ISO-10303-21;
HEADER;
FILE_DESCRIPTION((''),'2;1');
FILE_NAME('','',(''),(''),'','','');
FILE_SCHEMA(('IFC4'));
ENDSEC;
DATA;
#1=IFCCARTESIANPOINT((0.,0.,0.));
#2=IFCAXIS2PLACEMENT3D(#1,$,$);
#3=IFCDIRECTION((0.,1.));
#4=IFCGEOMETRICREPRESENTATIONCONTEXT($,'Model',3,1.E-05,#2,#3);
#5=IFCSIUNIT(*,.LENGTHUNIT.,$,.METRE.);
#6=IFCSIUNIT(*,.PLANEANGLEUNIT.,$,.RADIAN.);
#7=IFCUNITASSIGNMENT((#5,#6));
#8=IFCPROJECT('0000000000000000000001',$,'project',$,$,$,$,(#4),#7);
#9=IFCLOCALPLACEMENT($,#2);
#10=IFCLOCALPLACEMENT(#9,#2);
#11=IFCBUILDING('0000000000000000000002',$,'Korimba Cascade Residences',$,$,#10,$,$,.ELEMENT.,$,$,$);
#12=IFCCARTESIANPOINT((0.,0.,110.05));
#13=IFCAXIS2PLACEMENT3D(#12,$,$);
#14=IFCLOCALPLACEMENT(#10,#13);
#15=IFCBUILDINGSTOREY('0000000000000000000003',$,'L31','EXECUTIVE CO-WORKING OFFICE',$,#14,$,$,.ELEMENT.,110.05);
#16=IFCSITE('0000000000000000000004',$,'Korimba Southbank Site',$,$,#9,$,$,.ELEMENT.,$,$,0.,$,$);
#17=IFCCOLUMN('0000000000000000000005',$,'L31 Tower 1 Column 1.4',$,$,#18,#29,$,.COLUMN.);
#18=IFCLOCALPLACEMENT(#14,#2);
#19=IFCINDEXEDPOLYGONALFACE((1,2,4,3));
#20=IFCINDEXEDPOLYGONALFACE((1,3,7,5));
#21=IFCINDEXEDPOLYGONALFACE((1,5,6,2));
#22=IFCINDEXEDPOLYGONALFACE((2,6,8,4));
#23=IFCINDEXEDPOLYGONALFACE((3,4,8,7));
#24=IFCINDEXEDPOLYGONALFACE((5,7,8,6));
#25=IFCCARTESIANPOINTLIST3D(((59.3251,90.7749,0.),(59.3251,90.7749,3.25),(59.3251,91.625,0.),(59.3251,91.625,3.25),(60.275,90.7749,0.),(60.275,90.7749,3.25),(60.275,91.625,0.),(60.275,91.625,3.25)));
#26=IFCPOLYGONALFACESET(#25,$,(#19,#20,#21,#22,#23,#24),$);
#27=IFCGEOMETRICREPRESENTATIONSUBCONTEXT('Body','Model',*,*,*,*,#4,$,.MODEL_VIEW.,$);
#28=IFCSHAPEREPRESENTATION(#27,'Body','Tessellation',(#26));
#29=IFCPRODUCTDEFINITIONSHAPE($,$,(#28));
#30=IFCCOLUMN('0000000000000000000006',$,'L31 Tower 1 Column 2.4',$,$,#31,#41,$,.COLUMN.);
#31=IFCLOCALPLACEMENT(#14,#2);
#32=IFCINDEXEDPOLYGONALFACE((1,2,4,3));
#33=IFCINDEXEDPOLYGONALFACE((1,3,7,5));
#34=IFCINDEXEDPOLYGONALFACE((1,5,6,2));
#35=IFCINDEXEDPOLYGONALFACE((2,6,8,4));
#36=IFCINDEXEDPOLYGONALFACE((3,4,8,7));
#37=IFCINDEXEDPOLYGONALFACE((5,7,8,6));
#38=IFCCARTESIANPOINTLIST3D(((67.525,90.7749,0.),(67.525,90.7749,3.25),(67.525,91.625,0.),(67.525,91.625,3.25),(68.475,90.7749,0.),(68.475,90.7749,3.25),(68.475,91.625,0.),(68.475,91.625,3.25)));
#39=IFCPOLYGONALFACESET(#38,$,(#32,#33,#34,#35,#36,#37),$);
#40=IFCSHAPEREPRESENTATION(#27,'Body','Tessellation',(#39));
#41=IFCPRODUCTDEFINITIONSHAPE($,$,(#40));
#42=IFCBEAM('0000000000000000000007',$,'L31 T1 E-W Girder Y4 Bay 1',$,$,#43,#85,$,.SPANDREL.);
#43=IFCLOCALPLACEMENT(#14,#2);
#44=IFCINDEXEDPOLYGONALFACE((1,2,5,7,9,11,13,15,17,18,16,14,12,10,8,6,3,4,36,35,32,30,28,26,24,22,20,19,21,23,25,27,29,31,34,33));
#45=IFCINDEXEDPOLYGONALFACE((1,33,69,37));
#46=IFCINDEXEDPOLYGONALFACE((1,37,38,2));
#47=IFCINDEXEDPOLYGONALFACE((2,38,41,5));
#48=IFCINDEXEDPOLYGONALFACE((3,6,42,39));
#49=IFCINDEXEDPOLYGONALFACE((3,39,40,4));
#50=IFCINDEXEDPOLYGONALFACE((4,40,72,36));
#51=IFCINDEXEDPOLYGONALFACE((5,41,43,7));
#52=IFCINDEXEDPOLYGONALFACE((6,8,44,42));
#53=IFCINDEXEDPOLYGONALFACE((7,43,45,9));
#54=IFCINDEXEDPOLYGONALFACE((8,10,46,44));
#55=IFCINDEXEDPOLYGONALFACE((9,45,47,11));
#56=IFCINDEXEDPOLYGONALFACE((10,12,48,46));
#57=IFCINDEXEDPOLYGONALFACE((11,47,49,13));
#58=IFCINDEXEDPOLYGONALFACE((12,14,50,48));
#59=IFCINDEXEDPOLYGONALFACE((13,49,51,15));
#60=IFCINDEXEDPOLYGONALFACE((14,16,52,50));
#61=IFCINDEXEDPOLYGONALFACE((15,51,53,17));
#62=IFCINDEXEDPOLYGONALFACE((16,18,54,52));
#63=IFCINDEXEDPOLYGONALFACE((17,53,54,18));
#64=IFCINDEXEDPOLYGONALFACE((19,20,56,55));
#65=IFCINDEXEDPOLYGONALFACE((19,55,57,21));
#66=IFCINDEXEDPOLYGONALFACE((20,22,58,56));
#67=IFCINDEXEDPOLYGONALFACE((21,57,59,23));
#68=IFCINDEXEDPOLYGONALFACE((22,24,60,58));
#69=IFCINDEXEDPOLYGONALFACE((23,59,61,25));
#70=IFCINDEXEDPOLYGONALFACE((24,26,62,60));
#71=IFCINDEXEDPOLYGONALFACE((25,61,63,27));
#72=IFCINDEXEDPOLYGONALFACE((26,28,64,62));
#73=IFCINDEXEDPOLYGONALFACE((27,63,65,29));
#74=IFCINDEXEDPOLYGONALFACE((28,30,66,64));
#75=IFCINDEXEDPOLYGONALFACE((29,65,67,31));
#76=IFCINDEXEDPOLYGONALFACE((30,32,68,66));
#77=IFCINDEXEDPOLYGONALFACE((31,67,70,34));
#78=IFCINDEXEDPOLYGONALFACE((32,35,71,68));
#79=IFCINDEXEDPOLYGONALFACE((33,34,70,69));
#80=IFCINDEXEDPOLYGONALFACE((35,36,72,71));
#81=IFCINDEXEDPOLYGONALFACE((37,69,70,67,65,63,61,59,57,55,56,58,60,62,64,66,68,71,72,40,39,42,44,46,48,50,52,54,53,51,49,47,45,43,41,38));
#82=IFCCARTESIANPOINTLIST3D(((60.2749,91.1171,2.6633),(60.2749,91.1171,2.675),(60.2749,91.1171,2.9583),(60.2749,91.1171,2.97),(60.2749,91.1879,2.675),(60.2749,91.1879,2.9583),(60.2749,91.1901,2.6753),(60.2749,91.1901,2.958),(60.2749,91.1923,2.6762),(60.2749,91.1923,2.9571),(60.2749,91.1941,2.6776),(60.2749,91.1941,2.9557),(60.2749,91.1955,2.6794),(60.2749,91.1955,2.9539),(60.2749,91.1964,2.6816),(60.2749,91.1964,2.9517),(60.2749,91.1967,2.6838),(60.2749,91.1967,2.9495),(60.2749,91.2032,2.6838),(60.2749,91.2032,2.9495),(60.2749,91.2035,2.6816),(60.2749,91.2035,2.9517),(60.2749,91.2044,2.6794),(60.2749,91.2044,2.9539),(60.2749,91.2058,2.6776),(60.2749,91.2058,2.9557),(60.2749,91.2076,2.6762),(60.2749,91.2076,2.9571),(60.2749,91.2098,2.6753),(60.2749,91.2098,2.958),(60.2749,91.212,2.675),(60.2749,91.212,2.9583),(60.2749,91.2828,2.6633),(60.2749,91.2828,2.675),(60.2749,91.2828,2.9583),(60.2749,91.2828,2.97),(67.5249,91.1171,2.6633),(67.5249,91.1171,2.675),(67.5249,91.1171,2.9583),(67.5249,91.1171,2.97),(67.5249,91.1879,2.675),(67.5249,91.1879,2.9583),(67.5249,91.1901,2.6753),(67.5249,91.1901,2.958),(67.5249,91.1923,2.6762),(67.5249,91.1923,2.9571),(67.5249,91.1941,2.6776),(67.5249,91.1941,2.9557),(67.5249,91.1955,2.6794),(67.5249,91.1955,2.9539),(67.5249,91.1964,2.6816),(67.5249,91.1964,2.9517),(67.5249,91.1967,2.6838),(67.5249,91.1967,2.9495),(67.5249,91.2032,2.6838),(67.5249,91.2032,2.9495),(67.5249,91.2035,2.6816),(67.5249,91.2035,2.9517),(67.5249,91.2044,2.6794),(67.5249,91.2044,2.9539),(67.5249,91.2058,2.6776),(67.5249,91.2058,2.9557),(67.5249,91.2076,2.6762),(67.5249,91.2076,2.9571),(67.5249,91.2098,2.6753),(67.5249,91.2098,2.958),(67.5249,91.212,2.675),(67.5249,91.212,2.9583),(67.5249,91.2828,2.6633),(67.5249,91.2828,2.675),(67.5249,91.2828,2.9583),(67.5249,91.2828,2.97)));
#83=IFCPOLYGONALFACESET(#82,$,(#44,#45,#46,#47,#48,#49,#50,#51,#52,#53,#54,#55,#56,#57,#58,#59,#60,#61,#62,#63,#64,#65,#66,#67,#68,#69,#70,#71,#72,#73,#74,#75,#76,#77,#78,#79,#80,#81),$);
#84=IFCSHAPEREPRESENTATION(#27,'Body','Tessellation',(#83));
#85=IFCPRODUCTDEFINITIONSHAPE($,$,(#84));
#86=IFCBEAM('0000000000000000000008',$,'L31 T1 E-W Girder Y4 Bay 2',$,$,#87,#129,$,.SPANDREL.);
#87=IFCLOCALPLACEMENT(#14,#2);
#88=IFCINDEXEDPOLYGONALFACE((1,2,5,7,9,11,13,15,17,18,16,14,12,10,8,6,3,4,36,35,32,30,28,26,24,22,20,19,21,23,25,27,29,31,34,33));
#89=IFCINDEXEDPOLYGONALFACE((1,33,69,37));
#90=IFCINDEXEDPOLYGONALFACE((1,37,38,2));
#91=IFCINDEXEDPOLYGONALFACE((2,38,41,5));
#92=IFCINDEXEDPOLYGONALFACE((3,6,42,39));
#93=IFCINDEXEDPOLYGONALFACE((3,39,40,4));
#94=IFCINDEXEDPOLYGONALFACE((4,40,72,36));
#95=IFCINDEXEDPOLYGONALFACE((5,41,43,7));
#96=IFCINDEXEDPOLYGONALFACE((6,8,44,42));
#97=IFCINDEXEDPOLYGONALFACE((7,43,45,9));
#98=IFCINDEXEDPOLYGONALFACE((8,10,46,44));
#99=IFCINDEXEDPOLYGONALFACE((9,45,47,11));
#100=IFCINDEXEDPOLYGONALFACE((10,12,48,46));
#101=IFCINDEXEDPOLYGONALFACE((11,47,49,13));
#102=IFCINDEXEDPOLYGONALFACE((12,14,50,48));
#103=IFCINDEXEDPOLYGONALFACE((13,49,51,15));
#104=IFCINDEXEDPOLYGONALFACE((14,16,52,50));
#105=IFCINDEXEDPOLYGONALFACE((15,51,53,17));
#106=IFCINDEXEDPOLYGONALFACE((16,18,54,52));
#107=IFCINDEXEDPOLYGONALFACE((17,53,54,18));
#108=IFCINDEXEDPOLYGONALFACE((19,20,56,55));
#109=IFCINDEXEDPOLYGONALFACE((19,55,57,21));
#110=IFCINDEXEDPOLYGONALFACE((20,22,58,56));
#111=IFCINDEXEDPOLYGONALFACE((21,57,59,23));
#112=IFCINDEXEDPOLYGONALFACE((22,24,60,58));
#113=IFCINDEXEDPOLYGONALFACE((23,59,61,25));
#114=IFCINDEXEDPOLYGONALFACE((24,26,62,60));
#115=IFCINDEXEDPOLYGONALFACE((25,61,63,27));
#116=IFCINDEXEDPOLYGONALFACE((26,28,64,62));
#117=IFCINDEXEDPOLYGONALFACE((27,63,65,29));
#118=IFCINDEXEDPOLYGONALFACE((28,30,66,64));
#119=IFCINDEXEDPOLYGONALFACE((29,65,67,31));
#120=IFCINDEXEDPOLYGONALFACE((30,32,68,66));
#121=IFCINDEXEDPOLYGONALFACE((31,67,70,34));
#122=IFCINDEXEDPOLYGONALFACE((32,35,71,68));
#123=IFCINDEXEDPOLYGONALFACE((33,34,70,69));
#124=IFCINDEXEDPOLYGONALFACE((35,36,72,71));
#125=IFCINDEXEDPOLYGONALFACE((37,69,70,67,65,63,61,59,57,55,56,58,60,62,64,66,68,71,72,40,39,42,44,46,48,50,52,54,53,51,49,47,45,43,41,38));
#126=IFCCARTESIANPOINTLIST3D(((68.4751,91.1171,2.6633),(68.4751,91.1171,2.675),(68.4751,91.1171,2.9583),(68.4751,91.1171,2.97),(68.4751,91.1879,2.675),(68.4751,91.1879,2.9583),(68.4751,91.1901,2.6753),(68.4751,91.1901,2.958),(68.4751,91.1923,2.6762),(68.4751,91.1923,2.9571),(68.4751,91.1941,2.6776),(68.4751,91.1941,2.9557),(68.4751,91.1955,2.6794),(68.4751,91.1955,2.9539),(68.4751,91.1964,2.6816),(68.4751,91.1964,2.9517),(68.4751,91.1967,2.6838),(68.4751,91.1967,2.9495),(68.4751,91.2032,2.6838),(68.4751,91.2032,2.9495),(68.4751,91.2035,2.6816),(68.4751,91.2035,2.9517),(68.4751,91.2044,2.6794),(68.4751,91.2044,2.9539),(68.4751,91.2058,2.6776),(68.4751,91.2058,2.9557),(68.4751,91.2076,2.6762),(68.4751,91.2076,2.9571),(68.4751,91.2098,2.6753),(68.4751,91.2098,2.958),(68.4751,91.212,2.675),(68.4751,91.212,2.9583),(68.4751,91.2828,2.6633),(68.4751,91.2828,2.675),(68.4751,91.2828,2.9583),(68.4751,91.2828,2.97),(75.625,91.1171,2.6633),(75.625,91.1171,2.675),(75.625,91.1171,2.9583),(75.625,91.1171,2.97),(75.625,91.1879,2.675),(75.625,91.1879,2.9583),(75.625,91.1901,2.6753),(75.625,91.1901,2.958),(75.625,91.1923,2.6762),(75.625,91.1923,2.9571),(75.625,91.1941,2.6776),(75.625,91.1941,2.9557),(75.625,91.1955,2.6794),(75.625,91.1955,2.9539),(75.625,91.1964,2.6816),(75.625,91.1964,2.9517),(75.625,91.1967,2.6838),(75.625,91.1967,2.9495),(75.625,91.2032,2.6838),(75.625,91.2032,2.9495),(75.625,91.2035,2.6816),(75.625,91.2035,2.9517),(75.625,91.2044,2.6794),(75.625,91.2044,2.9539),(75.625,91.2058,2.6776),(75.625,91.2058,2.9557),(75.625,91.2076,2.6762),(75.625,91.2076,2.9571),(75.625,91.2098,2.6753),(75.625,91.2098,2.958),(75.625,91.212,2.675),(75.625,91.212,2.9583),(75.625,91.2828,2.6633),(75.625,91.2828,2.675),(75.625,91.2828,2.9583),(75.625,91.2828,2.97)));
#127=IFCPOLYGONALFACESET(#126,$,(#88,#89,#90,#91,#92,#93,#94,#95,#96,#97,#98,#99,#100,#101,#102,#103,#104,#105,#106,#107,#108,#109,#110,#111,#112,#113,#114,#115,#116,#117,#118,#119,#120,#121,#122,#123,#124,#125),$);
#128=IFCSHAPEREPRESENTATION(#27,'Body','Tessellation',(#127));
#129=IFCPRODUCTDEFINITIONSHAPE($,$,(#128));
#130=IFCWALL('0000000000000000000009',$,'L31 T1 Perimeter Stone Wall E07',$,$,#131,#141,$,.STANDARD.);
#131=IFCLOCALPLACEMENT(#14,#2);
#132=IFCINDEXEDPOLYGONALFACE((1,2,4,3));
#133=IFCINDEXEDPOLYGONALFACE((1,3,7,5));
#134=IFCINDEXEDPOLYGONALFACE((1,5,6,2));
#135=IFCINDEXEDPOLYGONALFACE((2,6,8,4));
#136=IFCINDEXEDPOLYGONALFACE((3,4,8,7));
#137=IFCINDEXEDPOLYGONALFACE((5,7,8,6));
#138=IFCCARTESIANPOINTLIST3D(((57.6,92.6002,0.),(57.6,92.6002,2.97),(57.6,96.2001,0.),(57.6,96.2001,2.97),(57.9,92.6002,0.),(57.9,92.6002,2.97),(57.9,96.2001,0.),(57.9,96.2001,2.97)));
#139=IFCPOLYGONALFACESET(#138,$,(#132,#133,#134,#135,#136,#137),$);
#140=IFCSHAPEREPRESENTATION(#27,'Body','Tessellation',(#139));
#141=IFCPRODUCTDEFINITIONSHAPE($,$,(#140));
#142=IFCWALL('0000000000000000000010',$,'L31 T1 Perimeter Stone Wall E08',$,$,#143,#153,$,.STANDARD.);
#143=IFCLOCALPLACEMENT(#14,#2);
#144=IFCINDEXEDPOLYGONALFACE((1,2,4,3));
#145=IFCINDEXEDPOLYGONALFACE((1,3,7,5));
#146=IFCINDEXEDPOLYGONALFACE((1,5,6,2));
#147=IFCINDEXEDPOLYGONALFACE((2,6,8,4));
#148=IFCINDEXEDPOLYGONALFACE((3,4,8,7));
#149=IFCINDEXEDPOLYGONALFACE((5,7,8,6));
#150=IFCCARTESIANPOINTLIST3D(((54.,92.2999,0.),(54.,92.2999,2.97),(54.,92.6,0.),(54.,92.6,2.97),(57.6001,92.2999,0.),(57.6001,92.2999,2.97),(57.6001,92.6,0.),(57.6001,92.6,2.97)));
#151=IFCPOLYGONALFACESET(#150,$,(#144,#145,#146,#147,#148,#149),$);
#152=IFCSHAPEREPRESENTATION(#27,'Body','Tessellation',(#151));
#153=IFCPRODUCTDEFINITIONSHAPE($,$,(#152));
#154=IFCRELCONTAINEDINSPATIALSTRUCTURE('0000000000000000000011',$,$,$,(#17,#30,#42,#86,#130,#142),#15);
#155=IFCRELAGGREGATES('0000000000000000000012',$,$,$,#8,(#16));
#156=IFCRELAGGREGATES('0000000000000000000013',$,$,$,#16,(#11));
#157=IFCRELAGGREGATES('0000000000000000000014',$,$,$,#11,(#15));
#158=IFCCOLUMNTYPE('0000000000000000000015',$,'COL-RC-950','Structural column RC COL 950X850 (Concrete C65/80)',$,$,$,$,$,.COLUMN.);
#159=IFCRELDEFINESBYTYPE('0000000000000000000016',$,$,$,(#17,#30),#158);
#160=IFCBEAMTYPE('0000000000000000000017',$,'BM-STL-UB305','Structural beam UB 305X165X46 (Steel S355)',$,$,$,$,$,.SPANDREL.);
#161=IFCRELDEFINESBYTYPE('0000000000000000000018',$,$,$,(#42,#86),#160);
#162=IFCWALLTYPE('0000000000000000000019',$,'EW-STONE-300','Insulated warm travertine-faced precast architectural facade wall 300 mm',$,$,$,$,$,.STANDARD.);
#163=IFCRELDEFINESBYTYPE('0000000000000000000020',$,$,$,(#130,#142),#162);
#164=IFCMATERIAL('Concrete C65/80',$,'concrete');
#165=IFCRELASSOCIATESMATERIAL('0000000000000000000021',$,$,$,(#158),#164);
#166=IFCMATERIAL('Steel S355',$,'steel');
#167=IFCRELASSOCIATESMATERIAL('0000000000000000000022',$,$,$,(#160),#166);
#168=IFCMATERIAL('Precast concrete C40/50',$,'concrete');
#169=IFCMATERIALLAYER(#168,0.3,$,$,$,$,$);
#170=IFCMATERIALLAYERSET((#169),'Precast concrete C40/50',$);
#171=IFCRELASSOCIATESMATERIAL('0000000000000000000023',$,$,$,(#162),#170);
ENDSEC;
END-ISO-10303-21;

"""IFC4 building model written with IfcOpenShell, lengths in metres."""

from ifc_helpers import new_model, si_unit, direction, frame, frame_2d, origin, origin_2d, place, context, subcontext, project, spatial, rectangle, i_section, extrude, material, layer, layer_set, material_profile, profile_set, type_object, element, save


model = new_model("IFC4")

# Units and contexts
model_context = context("Model", 3, precision=1e-05, world=origin(), true_north=direction((0.0, 1.0)))
body_context = subcontext(model_context, "Body", "Model", "MODEL_VIEW")
ifc_project = project(units=[si_unit("LENGTHUNIT", "METRE"), si_unit("PLANEANGLEUNIT", "RADIAN")], contexts=[model_context])

# Site, building, storey
site_placement = place(None, origin())
site = spatial("IfcSite", under=ifc_project, at=site_placement, Name="Korimba Southbank Site", CompositionType="ELEMENT", RefElevation=0.0)
building_placement = place(site_placement, origin())
building = spatial("IfcBuilding", under=site, at=building_placement, Name="Korimba Cascade Residences", CompositionType="ELEMENT")
storey_placement = place(building_placement, frame((0.0, 0.0, 110.05)))
storey = spatial("IfcBuildingStorey", under=building, at=storey_placement, Name="L31", Description="EXECUTIVE CO-WORKING OFFICE", CompositionType="ELEMENT", Elevation=110.05)

# Columns
ifc_material_1 = material(Name="Concrete C65/80", Category="concrete")
ifc_material_profile_1 = material_profile(ifc_material_1, rectangle(XDim=0.95, YDim=0.8501, at=origin_2d()), Name="Concrete C65/80")
ifc_profile_set_1 = profile_set([ifc_material_profile_1], Name="Concrete C65/80")
column_type = type_object("IfcColumnType", Name="COL-RC-950", Description="Structural column RC COL 950X850 (Concrete C65/80)", PredefinedType="COLUMN", material=ifc_profile_set_1)
for number, where, z_axis, x_axis, name in (
    (1, (59.8, 91.2, 0.0), (0.0, 0.0, 1.0), (1.0, 0.0, 0.0), "L31 Tower 1 Column 1.4"),
    (2, (68.0, 91.2, 0.0), (0.0, 0.0, 1.0), (1.0, 0.0, 0.0), "L31 Tower 1 Column 2.4"),
):
    element("IfcColumn", number, at=place(storey_placement, frame(where, z_axis=z_axis, x_axis=x_axis)), inside=storey, type_object=column_type, Name=name, PredefinedType="COLUMN", context=body_context, shape_type="SweptSolid", body=[
        extrude(rectangle(XDim=0.95, YDim=0.8501, at=origin_2d()), origin(), (0.0, 0.0, 1.0), 3.25),
    ])

# Beams
ifc_material_2 = material(Name="Steel S355", Category="steel")
ifc_material_profile_2 = material_profile(ifc_material_2, i_section(OverallWidth=0.1658, OverallDepth=0.3066, WebThickness=0.0066, FlangeThickness=0.0117, FilletRadius=0.0088, at=origin_2d()), Name="Steel S355")
ifc_profile_set_2 = profile_set([ifc_material_profile_2], Name="Steel S355")
beam_type = type_object("IfcBeamType", Name="BM-STL-UB305", Description="Structural beam UB 305X165X46 (Steel S355)", PredefinedType="SPANDREL", material=ifc_profile_set_2)
beam_1_placement = place(storey_placement, frame((60.2749, 91.2, 2.8167), z_axis=(1.0, 0.0, 0.0), x_axis=(0.0, 1.0, 0.0)))
element("IfcBeam", 3, at=beam_1_placement, inside=storey, type_object=beam_type, Name="L31 T1 E-W Girder Y4 Bay 1", PredefinedType="SPANDREL", context=body_context, shape_type="SweptSolid", body=[
    extrude(i_section(OverallWidth=0.1658, OverallDepth=0.3066, WebThickness=0.0066, FlangeThickness=0.0117, FilletRadius=0.0088, at=origin_2d()), origin(), (0.0, 0.0, 1.0), 7.25),
])
beam_2_placement = place(storey_placement, frame((68.4751, 91.2, 2.8167), z_axis=(1.0, 0.0, 0.0), x_axis=(0.0, 1.0, 0.0)))
element("IfcBeam", 4, at=beam_2_placement, inside=storey, type_object=beam_type, Name="L31 T1 E-W Girder Y4 Bay 2", PredefinedType="SPANDREL", context=body_context, shape_type="SweptSolid", body=[
    extrude(i_section(OverallWidth=0.1658, OverallDepth=0.3066, WebThickness=0.0066, FlangeThickness=0.0117, FilletRadius=0.0088, at=origin_2d()), origin(), (0.0, 0.0, 1.0), 7.1499),
])

# Walls
ifc_material_3 = material(Name="Precast concrete C40/50", Category="concrete")
ifc_layer_1 = layer(ifc_material_3, 0.3)
ifc_layer_set_1 = layer_set([ifc_layer_1], Name="Precast concrete C40/50")
wall_type_1 = type_object("IfcWallType", Name="EW-STONE-300", Description="Insulated warm travertine-faced precast architectural facade wall 300 mm", PredefinedType="STANDARD", material=ifc_layer_set_1)
wall_1_placement = place(storey_placement, frame((57.75, 96.2, 0.0), z_axis=(0.0, 0.0, 1.0), x_axis=(0.0, -1.0, 0.0)))
element("IfcWall", 5, at=wall_1_placement, inside=storey, type_object=wall_type_1, Name="L31 T1 Perimeter Stone Wall E07", PredefinedType="STANDARD", context=body_context, shape_type="SweptSolid", body=[
    extrude(rectangle(XDim=3.5999, YDim=0.3, at=frame_2d((1.7998, 0.0))), origin(), (0.0, 0.0, 1.0), 2.97),
])
wall_2_placement = place(storey_placement, frame((57.6001, 92.45, 0.0), z_axis=(0.0, 0.0, 1.0), x_axis=(-1.0, 0.0, 0.0)))
element("IfcWall", 6, at=wall_2_placement, inside=storey, type_object=wall_type_1, Name="L31 T1 Perimeter Stone Wall E08", PredefinedType="STANDARD", context=body_context, shape_type="SweptSolid", body=[
    extrude(rectangle(XDim=3.6001, YDim=0.3, at=frame_2d((1.8, 0.0))), origin(), (0.0, 0.0, 1.0), 2.97),
])

save(model, "model.ifc")
